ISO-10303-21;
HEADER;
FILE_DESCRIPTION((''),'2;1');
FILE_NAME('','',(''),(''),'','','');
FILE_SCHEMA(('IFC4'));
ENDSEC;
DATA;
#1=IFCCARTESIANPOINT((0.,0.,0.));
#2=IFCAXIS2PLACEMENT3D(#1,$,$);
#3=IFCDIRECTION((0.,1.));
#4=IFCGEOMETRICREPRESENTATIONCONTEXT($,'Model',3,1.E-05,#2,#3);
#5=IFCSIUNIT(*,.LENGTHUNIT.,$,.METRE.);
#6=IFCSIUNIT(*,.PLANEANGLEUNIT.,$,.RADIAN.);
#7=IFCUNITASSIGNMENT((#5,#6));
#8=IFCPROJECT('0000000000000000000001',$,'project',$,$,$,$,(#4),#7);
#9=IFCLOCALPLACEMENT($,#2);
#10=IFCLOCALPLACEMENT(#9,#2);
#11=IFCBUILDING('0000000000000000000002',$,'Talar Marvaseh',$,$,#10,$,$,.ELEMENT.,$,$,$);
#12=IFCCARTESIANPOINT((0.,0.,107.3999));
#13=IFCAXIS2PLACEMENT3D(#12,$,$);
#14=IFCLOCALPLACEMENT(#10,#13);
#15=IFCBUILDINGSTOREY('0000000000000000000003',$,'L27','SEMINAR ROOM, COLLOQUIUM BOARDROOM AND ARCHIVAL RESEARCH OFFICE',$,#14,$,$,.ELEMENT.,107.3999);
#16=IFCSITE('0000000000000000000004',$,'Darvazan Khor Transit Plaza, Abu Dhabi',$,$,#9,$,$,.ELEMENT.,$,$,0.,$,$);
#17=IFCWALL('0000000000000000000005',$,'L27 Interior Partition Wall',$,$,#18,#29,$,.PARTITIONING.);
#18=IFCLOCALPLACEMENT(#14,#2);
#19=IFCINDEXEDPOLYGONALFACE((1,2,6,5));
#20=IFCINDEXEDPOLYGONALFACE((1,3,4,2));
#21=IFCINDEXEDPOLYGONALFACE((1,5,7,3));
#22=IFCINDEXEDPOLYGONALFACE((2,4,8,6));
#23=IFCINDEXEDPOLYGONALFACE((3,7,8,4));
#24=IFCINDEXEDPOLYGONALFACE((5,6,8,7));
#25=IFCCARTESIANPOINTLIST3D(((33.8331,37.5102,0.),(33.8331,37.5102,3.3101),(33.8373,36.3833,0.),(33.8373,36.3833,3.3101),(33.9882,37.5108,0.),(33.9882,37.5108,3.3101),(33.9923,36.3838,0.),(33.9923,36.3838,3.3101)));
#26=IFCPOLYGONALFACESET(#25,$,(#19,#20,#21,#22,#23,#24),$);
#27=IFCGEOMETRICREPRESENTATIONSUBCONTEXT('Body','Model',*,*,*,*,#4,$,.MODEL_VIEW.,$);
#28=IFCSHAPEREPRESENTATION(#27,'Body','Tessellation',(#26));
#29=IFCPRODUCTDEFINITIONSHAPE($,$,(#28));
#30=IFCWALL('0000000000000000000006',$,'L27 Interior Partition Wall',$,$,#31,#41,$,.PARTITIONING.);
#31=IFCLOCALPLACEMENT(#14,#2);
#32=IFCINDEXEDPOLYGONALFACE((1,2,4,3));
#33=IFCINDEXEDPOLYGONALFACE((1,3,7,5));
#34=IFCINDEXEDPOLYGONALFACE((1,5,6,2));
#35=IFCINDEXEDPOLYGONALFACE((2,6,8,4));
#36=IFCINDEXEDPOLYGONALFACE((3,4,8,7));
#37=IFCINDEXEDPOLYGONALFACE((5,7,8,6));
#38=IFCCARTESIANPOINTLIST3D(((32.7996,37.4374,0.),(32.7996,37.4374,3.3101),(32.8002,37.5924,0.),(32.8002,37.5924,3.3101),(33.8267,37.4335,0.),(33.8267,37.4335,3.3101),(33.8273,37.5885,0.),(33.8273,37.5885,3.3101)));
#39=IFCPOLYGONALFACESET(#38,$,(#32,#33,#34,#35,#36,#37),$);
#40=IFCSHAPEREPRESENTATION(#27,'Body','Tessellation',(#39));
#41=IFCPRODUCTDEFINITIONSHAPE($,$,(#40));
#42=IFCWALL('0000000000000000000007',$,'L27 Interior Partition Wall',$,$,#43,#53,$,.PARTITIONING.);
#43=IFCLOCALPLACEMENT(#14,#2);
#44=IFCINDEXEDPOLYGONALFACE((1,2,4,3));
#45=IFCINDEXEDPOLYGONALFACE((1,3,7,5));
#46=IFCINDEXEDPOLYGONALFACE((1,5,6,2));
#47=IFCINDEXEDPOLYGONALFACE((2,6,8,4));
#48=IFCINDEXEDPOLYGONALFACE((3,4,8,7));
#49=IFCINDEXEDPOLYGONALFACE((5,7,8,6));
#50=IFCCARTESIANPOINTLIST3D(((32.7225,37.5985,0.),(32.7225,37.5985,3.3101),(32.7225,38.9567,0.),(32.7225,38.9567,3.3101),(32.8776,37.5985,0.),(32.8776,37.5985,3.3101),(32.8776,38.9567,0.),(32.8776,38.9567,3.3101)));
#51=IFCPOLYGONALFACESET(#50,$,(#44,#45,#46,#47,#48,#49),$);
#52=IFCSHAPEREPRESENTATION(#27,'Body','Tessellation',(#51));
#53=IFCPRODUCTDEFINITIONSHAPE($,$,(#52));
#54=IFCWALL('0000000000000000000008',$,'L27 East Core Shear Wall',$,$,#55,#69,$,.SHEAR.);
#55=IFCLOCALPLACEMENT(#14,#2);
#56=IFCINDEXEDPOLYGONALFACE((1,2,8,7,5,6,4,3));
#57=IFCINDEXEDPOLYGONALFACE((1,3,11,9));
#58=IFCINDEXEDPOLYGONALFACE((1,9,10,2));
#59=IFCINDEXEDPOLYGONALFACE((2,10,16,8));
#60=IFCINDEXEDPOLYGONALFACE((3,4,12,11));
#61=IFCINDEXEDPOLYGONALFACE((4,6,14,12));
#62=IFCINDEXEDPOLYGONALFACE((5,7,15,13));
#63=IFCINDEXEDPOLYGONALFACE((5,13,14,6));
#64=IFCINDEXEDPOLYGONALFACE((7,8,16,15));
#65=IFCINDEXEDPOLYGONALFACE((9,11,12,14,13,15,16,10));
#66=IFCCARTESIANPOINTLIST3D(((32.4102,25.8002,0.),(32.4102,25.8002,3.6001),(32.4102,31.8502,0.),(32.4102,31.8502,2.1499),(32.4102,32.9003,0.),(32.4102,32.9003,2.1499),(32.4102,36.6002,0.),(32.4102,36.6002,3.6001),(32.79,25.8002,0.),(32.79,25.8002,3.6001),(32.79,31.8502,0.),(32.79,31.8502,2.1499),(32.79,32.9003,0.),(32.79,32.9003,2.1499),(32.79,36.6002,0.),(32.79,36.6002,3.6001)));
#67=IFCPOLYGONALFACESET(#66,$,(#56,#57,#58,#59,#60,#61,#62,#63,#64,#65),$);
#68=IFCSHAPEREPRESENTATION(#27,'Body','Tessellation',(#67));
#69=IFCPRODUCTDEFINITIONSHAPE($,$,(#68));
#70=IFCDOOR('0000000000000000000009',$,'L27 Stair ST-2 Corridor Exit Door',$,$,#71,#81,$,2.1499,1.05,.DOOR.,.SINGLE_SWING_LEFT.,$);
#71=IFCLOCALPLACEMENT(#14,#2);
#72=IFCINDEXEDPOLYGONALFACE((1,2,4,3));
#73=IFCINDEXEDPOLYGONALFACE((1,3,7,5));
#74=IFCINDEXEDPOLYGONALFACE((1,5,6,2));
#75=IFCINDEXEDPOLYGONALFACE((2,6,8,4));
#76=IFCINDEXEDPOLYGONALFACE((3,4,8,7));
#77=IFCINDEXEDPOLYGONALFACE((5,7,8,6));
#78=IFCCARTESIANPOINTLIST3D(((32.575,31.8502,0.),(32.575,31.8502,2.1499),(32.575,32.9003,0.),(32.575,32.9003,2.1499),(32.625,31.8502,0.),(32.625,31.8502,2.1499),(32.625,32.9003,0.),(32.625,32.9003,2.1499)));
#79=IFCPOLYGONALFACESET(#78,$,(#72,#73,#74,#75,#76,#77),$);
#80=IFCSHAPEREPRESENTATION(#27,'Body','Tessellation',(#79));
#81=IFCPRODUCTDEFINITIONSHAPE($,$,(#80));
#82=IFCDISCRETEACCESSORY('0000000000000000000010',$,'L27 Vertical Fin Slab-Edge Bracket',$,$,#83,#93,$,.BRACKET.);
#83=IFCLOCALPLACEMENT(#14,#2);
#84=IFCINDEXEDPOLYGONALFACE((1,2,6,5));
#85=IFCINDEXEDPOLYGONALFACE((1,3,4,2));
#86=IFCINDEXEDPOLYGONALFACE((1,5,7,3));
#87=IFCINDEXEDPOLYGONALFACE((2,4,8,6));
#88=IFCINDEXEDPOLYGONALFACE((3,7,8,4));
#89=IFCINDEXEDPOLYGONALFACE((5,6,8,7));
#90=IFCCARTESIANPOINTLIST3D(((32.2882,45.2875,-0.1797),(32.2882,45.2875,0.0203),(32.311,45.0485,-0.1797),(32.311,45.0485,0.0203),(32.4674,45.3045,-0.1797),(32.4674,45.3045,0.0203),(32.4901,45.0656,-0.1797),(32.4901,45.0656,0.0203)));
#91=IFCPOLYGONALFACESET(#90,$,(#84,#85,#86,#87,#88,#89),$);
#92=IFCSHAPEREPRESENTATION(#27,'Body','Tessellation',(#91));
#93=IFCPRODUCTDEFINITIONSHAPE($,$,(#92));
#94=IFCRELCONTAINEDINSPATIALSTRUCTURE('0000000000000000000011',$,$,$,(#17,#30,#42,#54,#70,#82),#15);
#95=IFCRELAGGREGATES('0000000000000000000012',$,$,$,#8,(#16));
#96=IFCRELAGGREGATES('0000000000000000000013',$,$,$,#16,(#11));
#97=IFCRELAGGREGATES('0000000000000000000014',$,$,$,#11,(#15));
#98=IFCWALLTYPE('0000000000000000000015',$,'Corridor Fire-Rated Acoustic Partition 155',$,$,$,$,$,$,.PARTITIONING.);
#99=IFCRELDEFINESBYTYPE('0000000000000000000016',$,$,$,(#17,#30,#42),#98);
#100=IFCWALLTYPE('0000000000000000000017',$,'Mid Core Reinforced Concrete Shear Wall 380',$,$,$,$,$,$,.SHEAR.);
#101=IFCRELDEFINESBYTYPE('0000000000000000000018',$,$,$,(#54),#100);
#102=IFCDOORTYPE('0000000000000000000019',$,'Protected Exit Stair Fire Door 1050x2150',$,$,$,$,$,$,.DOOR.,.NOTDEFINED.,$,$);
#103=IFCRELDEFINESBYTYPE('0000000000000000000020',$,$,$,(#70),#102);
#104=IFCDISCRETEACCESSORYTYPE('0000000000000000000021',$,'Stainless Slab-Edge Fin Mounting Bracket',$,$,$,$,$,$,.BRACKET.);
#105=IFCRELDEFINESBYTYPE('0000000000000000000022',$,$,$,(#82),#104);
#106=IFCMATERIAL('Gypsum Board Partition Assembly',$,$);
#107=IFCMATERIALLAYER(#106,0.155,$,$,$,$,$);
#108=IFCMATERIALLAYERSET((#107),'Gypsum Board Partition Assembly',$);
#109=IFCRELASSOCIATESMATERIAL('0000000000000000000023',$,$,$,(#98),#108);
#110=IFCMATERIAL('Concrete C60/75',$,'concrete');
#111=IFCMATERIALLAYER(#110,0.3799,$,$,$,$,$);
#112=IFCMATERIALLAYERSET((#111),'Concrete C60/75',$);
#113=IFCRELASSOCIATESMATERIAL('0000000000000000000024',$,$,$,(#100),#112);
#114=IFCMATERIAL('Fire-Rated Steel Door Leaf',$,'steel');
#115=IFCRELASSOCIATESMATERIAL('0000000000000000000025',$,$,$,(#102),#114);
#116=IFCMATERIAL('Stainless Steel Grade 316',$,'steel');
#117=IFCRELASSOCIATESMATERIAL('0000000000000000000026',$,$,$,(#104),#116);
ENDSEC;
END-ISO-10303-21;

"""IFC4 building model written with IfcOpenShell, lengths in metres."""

from ifc_helpers import new_model, si_unit, direction, frame, frame_2d, origin, origin_2d, place, context, subcontext, project, spatial, rectangle, extrude, source, transform, mapped, material, layer, layer_set, type_object, type_shapes, element, fill, save


model = new_model("IFC4")

# Units and contexts
model_context = context("Model", 3, precision=1e-05, world=origin(), true_north=direction((0.0, 1.0)))
body_context = subcontext(model_context, "Body", "Model", "MODEL_VIEW")
ifc_project = project(units=[si_unit("LENGTHUNIT", "METRE"), si_unit("PLANEANGLEUNIT", "RADIAN")], contexts=[model_context])

# Site, building, storey
site_placement = place(None, origin())
site = spatial("IfcSite", under=ifc_project, at=site_placement, Name="Darvazan Khor Transit Plaza, Abu Dhabi", CompositionType="ELEMENT", RefElevation=0.0)
building_placement = place(site_placement, origin())
building = spatial("IfcBuilding", under=site, at=building_placement, Name="Talar Marvaseh", CompositionType="ELEMENT")
storey_placement = place(building_placement, frame((0.0, 0.0, 107.3999)))
storey = spatial("IfcBuildingStorey", under=building, at=storey_placement, Name="L27", Description="SEMINAR ROOM, COLLOQUIUM BOARDROOM AND ARCHIVAL RESEARCH OFFICE", CompositionType="ELEMENT", Elevation=107.3999)

# Shared definitions
ifc_material_1 = material(Name="Concrete C60/75", Category="concrete")

# Shared definitions
ifc_material_2 = material(Name="Gypsum Board Partition Assembly")
ifc_layer_1 = layer(ifc_material_2, 0.155)
ifc_layer_set_1 = layer_set([ifc_layer_1], Name="Gypsum Board Partition Assembly")
wall_type_1 = type_object("IfcWallType", Name="Corridor Fire-Rated Acoustic Partition 155", PredefinedType="PARTITIONING", material=ifc_layer_set_1)

# Walls
wall_1_placement = place(storey_placement, frame((33.9148, 36.3835, 0.0), z_axis=(0.0, 0.0, 1.0), x_axis=(-0.003683, 0.999993, 0.0)))
element("IfcWall", 1, at=wall_1_placement, inside=storey, type_object=wall_type_1, Name="L27 Interior Partition Wall", PredefinedType="PARTITIONING", context=body_context, shape_type="SweptSolid", body=[
    extrude(rectangle(XDim=1.127, YDim=0.155, at=frame_2d((0.5635, 0.0))), origin(), (0.0, 0.0, 1.0), 3.3101),
])
wall_2_placement = place(storey_placement, frame((33.8271, 37.511, 0.0), z_axis=(0.0, 0.0, 1.0), x_axis=(-0.999993, 0.003803, 0.0)))
element("IfcWall", 2, at=wall_2_placement, inside=storey, type_object=wall_type_1, Name="L27 Interior Partition Wall", PredefinedType="PARTITIONING", context=body_context, shape_type="SweptSolid", body=[
    extrude(rectangle(XDim=1.0271, YDim=0.155, at=frame_2d((0.5137, 0.0))), origin(), (0.0, 0.0, 1.0), 3.3101),
])
wall_3_placement = place(storey_placement, frame((32.8, 37.5984, 0.0), z_axis=(0.0, 0.0, 1.0), x_axis=(0.0, 1.0, 0.0)))
element("IfcWall", 3, at=wall_3_placement, inside=storey, type_object=wall_type_1, Name="L27 Interior Partition Wall", PredefinedType="PARTITIONING", context=body_context, shape_type="SweptSolid", body=[
    extrude(rectangle(XDim=1.3582, YDim=0.155, at=frame_2d((0.6792, 0.0))), origin(), (0.0, 0.0, 1.0), 3.3101),
])

# Wall, opening, door
ifc_layer_2 = layer(ifc_material_1, 0.3799)
ifc_layer_set_2 = layer_set([ifc_layer_2], Name="Concrete C60/75")
wall_type_2 = type_object("IfcWallType", Name="Mid Core Reinforced Concrete Shear Wall 380", PredefinedType="SHEAR", material=ifc_layer_set_2)
wall_4_placement = place(storey_placement, frame((32.6001, 36.6001, 0.0), z_axis=(0.0, 0.0, 1.0), x_axis=(0.0, -1.0, 0.0)))
wall_4 = element("IfcWall", 4, at=wall_4_placement, inside=storey, type_object=wall_type_2, Name="L27 East Core Shear Wall", PredefinedType="SHEAR", context=body_context, shape_type="SweptSolid", body=[
    extrude(rectangle(XDim=10.8, YDim=0.3799, at=frame_2d((5.3999, 0.0))), origin(), (0.0, 0.0, 1.0), 3.6001),
])
opening_1_placement = place(wall_4_placement, frame((3.7, 0.0, 0.0)))
opening_1 = element("IfcOpeningElement", 5, at=opening_1_placement, cuts=wall_4, PredefinedType="OPENING", context=body_context, shape_type="SweptSolid", body=[
    extrude(rectangle(XDim=1.05, YDim=2.1499, at=frame_2d((0.5249, 1.075))), frame((0.0, 0.2, 0.0), z_axis=(0.0, -1.0, 0.0), x_axis=(1.0, 0.0, 0.0)), (0.0, 0.0, 1.0), 0.3999),
])
ifc_material_3 = material(Name="Fire-Rated Steel Door Leaf", Category="steel")
door_type_1 = type_object("IfcDoorType", Name="Protected Exit Stair Fire Door 1050x2150", OperationType="NOTDEFINED", PredefinedType="DOOR", material=ifc_material_3)
shared_shape_1 = source(origin(), body_context, "Body", "SweptSolid", [
    extrude(rectangle(XDim=1.05, YDim=2.1499, at=frame_2d((0.5249, 1.075))), frame((0.0, 0.0249, 0.0), z_axis=(0.0, -1.0, 0.0), x_axis=(1.0, 0.0, 0.0)), (0.0, 0.0, 1.0), 0.05),
])
type_shapes(door_type_1, [shared_shape_1])
door_1_placement = place(opening_1_placement, origin())
door_1 = element("IfcDoor", 6, at=door_1_placement, inside=storey, type_object=door_type_1, Name="L27 Stair ST-2 Corridor Exit Door", OperationType="SINGLE_SWING_LEFT", OverallHeight=2.1499, OverallWidth=1.05, PredefinedType="DOOR", context=body_context, shape_type="MappedRepresentation", body=[
    mapped(shared_shape_1, transform((0.0, 0.0, 0.0), x_axis=(1.0, 0.0, 0.0), y_axis=(0.0, 1.0, 0.0), z_axis=(0.0, 0.0, 1.0), scale=1.0)),
])
fill(opening_1, door_1)

# Discrete accessory
ifc_material_4 = material(Name="Stainless Steel Grade 316", Category="steel")
discrete_accessory_type = type_object("IfcDiscreteAccessoryType", Name="Stainless Slab-Edge Fin Mounting Bracket", PredefinedType="BRACKET", material=ifc_material_4)
shared_shape_2 = source(origin(), body_context, "Body", "SweptSolid", [
    extrude(rectangle(XDim=0.24, YDim=0.1799, at=origin_2d()), origin(), (0.0, 0.0, 1.0), 0.2),
])
type_shapes(discrete_accessory_type, [shared_shape_2])
discrete_accessory_placement = place(storey_placement, frame((32.3892, 45.1765, -0.1797), z_axis=(0.0, 0.0, 1.0), x_axis=(-0.09463, 0.995513, 0.0)))
element("IfcDiscreteAccessory", 7, at=discrete_accessory_placement, inside=storey, type_object=discrete_accessory_type, Name="L27 Vertical Fin Slab-Edge Bracket", PredefinedType="BRACKET", context=body_context, shape_type="MappedRepresentation", body=[
    mapped(shared_shape_2, transform((0.0, 0.0, 0.0), x_axis=(1.0, 0.0, 0.0), y_axis=(0.0, 1.0, 0.0), z_axis=(0.0, 0.0, 1.0), scale=1.0)),
])

save(model, "model.ifc")
